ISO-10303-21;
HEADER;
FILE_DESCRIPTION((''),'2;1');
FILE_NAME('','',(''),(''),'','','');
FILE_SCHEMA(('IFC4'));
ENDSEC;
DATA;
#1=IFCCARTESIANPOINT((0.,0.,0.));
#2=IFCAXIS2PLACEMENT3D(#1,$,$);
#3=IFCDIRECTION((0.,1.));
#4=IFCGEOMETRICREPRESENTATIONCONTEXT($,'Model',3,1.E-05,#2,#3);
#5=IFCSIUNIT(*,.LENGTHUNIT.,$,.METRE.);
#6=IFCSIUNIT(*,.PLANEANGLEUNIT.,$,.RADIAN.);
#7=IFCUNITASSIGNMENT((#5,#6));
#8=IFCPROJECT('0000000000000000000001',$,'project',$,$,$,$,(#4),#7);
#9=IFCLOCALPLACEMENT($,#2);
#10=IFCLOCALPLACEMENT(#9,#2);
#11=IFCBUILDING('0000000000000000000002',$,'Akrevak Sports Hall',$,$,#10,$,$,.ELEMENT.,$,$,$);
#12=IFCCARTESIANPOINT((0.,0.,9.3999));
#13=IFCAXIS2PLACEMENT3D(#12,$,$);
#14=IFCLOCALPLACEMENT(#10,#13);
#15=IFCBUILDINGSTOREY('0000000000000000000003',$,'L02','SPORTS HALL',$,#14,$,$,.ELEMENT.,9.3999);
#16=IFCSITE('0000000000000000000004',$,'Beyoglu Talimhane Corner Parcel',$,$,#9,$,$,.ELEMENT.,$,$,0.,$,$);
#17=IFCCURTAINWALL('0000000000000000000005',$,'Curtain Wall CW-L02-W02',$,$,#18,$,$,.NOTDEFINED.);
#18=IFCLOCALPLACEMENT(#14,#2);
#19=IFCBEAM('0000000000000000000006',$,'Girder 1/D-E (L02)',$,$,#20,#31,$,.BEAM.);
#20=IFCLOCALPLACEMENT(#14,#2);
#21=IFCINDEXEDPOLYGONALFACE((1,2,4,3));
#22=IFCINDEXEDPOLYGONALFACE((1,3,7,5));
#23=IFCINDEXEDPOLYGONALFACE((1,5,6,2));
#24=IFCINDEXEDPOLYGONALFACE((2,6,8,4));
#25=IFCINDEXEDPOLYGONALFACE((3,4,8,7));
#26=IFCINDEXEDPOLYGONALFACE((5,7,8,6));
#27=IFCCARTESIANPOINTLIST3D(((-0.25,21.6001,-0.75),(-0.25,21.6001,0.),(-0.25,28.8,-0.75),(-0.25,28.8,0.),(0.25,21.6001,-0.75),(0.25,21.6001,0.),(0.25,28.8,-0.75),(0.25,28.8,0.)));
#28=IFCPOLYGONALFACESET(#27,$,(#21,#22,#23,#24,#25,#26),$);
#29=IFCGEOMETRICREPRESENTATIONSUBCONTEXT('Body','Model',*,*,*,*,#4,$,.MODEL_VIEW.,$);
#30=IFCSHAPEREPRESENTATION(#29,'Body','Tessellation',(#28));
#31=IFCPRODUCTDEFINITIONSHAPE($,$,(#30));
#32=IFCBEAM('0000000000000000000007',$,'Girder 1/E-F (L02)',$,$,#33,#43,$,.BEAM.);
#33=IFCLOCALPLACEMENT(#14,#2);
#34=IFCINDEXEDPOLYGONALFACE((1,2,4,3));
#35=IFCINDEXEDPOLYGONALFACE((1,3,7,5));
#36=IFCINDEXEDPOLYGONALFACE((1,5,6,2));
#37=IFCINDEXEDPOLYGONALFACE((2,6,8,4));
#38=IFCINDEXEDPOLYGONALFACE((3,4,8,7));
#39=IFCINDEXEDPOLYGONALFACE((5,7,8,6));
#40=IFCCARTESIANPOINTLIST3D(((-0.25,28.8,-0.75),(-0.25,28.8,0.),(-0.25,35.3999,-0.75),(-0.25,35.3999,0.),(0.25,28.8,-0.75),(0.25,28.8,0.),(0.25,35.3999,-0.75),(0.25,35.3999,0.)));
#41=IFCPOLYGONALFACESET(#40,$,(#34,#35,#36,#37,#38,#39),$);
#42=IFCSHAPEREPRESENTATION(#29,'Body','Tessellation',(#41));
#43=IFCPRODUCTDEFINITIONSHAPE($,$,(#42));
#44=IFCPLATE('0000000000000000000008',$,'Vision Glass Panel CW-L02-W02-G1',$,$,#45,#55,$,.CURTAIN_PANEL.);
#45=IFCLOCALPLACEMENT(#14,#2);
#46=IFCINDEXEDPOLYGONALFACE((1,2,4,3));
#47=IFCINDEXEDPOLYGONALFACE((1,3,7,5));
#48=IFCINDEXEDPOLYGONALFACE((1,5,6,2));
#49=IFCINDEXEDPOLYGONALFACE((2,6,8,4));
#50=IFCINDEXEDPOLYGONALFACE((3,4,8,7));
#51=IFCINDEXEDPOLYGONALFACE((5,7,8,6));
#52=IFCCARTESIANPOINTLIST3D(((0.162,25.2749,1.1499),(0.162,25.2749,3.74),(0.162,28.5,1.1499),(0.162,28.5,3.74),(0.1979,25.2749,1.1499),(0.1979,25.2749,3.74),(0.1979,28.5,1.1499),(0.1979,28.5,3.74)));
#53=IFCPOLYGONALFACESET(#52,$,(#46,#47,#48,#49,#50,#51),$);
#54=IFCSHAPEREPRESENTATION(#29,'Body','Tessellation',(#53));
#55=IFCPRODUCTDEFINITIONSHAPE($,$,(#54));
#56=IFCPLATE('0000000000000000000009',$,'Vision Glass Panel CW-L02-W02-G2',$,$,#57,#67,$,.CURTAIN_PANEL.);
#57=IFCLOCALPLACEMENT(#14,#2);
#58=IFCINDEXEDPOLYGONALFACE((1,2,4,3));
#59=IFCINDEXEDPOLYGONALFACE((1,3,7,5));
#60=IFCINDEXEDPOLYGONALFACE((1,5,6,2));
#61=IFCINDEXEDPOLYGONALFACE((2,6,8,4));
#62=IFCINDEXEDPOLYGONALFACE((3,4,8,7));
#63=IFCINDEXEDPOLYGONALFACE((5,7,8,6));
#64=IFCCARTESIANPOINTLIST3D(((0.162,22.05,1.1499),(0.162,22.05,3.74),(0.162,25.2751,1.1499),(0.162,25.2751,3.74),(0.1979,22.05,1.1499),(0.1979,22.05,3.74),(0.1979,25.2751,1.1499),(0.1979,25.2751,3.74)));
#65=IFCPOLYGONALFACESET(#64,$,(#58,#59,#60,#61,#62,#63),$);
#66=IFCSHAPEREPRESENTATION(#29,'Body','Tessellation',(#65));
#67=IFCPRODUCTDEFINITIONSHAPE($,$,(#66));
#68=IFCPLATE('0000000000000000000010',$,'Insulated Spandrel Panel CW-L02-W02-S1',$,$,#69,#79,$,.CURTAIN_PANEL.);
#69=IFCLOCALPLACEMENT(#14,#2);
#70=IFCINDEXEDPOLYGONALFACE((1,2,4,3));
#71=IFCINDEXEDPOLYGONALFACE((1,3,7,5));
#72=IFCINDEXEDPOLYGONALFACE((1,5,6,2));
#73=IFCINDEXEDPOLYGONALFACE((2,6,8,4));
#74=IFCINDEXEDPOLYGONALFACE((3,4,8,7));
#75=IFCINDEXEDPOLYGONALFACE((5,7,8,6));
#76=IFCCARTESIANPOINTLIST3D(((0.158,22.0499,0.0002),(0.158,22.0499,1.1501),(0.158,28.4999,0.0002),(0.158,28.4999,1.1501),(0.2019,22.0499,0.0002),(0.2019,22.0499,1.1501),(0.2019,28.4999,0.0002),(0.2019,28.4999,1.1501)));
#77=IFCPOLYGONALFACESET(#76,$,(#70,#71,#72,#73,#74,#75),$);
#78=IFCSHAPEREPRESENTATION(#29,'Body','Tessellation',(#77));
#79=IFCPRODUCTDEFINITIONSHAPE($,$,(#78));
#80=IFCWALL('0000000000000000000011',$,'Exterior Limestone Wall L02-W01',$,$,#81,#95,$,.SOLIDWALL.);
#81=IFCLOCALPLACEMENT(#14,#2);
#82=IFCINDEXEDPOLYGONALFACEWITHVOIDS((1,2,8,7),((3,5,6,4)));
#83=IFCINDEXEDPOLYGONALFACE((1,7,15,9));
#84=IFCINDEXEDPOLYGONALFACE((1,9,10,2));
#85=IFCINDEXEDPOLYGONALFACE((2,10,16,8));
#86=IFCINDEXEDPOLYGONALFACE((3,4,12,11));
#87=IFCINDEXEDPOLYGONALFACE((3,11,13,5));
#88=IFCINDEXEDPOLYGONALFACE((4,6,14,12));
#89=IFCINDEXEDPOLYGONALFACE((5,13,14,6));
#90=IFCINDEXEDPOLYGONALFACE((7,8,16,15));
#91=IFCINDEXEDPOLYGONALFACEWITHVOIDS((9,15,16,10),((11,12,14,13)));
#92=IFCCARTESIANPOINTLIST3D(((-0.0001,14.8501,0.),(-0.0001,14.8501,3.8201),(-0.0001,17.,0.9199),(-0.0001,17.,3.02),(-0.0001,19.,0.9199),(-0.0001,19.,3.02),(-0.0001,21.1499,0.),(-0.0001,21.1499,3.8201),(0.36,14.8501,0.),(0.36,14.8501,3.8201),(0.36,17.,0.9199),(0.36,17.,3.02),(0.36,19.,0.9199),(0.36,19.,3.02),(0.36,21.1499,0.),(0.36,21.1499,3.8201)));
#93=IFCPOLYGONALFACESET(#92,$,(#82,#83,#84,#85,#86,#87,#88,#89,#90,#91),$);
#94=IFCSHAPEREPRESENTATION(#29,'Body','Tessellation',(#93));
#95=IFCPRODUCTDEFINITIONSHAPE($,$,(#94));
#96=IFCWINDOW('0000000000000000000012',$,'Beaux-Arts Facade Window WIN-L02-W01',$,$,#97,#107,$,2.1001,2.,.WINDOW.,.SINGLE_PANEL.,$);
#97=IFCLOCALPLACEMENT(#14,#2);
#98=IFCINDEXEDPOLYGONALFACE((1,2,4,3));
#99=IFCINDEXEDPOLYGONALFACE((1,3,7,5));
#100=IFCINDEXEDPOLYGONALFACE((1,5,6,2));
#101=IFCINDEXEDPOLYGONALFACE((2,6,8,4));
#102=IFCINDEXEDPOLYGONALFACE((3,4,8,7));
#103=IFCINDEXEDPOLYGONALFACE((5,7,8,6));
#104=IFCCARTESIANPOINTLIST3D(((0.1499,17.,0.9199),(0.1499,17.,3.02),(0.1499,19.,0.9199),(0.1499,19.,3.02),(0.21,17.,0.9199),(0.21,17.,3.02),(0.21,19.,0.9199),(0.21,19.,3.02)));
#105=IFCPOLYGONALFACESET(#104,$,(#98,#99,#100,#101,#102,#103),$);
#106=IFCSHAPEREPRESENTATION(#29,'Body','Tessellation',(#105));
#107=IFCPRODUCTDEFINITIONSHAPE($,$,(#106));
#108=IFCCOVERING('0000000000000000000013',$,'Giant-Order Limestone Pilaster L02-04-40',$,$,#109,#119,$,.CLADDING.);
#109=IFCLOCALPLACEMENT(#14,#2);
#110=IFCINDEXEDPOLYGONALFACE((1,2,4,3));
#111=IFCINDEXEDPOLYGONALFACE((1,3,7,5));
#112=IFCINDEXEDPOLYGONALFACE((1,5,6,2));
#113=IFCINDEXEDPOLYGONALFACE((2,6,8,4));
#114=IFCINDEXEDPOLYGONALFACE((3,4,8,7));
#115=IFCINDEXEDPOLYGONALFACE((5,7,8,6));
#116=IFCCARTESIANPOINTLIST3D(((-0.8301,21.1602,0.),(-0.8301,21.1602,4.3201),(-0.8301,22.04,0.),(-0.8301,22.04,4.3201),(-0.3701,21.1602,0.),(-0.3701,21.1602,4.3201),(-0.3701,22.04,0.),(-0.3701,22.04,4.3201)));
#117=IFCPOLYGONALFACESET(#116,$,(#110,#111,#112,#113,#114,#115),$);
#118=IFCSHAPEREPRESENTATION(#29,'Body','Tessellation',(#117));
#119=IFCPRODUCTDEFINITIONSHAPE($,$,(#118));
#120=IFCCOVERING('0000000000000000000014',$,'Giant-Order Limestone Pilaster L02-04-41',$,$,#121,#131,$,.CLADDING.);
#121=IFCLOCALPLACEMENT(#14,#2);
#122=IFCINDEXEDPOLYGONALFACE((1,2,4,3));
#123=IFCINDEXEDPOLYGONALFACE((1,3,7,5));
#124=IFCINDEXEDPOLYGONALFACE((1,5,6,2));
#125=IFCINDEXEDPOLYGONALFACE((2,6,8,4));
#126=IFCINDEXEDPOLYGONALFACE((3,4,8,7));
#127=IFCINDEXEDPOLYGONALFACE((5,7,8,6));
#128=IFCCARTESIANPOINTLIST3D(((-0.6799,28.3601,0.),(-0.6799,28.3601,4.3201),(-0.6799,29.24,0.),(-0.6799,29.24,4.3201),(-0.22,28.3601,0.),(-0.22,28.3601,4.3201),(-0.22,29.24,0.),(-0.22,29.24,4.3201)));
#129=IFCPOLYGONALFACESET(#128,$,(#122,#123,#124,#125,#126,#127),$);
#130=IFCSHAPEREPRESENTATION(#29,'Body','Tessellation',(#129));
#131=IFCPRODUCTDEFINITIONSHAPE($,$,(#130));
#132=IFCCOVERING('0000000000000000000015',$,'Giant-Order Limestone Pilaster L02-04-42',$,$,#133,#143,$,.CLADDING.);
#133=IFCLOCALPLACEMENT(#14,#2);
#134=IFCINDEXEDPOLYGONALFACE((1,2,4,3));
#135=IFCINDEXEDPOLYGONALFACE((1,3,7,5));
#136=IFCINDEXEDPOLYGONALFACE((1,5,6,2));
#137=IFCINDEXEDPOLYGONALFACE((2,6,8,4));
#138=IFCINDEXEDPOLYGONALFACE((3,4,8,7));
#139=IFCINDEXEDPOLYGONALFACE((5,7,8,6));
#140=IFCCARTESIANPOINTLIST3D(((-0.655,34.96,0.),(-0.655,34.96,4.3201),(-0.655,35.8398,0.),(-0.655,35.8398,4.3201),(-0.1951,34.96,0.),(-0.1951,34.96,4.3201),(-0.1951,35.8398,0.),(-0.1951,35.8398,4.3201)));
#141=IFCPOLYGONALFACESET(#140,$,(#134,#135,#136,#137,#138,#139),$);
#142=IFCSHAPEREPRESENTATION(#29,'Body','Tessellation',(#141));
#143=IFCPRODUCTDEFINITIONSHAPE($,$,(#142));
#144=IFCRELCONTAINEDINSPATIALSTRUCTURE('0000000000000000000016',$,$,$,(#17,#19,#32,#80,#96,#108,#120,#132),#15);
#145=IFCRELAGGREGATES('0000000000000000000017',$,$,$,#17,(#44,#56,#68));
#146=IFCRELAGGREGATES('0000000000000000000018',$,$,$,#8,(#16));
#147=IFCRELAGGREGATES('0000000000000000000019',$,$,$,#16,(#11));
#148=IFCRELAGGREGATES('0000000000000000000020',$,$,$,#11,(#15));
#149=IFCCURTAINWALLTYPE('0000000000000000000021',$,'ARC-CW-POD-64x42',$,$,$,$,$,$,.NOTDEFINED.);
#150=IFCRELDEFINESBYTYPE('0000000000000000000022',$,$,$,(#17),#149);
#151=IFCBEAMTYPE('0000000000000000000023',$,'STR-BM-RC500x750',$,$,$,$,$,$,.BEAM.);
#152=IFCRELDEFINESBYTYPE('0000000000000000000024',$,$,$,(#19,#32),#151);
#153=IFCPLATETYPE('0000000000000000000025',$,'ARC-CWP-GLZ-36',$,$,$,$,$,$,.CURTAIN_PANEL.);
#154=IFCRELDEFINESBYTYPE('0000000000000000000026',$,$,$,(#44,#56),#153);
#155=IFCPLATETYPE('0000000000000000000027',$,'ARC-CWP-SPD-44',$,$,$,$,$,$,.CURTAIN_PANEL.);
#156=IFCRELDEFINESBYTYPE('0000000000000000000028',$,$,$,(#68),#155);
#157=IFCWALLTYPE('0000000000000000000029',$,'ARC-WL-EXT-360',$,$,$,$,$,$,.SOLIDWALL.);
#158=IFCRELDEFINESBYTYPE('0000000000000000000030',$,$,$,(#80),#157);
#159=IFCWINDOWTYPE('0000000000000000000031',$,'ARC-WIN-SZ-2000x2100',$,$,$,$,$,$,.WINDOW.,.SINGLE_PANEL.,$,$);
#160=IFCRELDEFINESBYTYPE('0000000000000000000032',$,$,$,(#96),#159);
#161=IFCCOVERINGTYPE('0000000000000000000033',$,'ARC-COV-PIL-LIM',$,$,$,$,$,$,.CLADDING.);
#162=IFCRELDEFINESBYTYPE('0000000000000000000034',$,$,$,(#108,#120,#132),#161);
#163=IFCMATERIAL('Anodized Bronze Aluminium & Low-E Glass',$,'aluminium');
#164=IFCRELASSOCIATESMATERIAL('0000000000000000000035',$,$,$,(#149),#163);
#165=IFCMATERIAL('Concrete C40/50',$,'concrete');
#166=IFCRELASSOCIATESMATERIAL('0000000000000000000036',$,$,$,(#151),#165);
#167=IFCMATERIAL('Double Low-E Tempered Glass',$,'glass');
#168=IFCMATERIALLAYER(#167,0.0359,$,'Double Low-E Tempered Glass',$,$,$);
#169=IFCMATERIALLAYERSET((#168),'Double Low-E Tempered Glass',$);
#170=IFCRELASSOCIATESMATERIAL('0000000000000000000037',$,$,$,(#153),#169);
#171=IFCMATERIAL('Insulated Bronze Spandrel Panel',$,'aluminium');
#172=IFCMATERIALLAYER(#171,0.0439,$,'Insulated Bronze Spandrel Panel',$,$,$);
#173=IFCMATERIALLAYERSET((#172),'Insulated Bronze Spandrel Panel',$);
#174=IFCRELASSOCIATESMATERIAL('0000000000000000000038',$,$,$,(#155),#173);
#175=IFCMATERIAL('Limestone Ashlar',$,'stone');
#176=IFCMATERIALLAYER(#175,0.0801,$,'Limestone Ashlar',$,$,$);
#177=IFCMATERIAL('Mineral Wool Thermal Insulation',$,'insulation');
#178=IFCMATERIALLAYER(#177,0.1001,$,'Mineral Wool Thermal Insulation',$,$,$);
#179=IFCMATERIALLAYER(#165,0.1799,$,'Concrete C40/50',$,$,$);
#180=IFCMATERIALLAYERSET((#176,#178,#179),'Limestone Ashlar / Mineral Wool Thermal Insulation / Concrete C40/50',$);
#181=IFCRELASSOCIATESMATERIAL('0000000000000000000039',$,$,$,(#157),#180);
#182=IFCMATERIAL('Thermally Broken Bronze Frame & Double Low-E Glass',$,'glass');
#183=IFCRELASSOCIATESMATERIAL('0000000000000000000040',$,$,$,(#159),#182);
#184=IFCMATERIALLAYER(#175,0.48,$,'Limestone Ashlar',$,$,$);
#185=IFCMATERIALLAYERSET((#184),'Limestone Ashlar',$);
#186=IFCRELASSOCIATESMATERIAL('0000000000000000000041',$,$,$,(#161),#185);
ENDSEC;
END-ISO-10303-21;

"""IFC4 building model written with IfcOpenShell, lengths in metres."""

from ifc_helpers import new_model, si_unit, direction, frame, frame_2d, origin, origin_2d, place, context, subcontext, project, spatial, rectangle, extrude, material, layer, layer_set, material_profile, profile_set, type_object, element, fill, aggregate, save


model = new_model("IFC4")

# Units and contexts
model_context = context("Model", 3, precision=1e-05, world=origin(), true_north=direction((0.0, 1.0)))
body_context = subcontext(model_context, "Body", "Model", "MODEL_VIEW")
ifc_project = project(units=[si_unit("LENGTHUNIT", "METRE"), si_unit("PLANEANGLEUNIT", "RADIAN")], contexts=[model_context])

# Site, building, storey
site_placement = place(None, origin())
site = spatial("IfcSite", under=ifc_project, at=site_placement, Name="Beyoglu Talimhane Corner Parcel", CompositionType="ELEMENT", RefElevation=0.0)
building_placement = place(site_placement, origin())
building = spatial("IfcBuilding", under=site, at=building_placement, Name="Akrevak Sports Hall", CompositionType="ELEMENT")
storey_placement = place(building_placement, frame((0.0, 0.0, 9.3999)))
storey = spatial("IfcBuildingStorey", under=building, at=storey_placement, Name="L02", Description="SPORTS HALL", CompositionType="ELEMENT", Elevation=9.3999)

# Shared definitions
ifc_material_1 = material(Name="Concrete C40/50", Category="concrete")

# Curtain wall
ifc_material_2 = material(Name="Anodized Bronze Aluminium & Low-E Glass", Category="aluminium")
curtain_wall_type = type_object("IfcCurtainWallType", Name="ARC-CW-POD-64x42", PredefinedType="NOTDEFINED", material=ifc_material_2)
curtain_wall_placement = place(storey_placement, origin())
curtain_wall = element("IfcCurtainWall", 1, at=curtain_wall_placement, inside=storey, type_object=curtain_wall_type, Name="Curtain Wall CW-L02-W02", PredefinedType="NOTDEFINED")

# Beams
ifc_material_profile_1 = material_profile(ifc_material_1, rectangle(XDim=0.5, YDim=0.75, at=origin_2d()), Name="BM 500x750", Category="concrete")
ifc_profile_set_1 = profile_set([ifc_material_profile_1], Name="Concrete C40/50")
beam_type_1 = type_object("IfcBeamType", Name="STR-BM-RC500x750", PredefinedType="BEAM", material=ifc_profile_set_1)
beam_1_placement = place(storey_placement, frame((0.0, 21.6001, -0.375), z_axis=(0.0, 1.0, 0.0), x_axis=(-1.0, 0.0, 0.0)))
element("IfcBeam", 2, at=beam_1_placement, inside=storey, type_object=beam_type_1, Name="Girder 1/D-E (L02)", PredefinedType="BEAM", context=body_context, shape_type="SweptSolid", body=[
    extrude(rectangle(XDim=0.5, YDim=0.75, at=origin_2d()), origin(), (0.0, 0.0, 1.0), 7.2),
])
beam_2_placement = place(storey_placement, frame((0.0, 28.8, -0.375), z_axis=(0.0, 1.0, 0.0), x_axis=(-1.0, 0.0, 0.0)))
element("IfcBeam", 3, at=beam_2_placement, inside=storey, type_object=beam_type_1, Name="Girder 1/E-F (L02)", PredefinedType="BEAM", context=body_context, shape_type="SweptSolid", body=[
    extrude(rectangle(XDim=0.5, YDim=0.75, at=origin_2d()), origin(), (0.0, 0.0, 1.0), 6.5999),
])

# Plates
ifc_material_3 = material(Name="Double Low-E Tempered Glass", Category="glass")
ifc_layer_1 = layer(ifc_material_3, 0.0359, Name="Double Low-E Tempered Glass")
ifc_layer_set_1 = layer_set([ifc_layer_1], Name="Double Low-E Tempered Glass")
plate_type_1 = type_object("IfcPlateType", Name="ARC-CWP-GLZ-36", PredefinedType="CURTAIN_PANEL", material=ifc_layer_set_1)
plate_1_placement = place(storey_placement, frame((0.1799, 26.8875, 1.1499), z_axis=(0.0, 0.0, 1.0), x_axis=(0.0, -1.0, 0.0)))
plate_1 = element("IfcPlate", 4, at=plate_1_placement, type_object=plate_type_1, Name="Vision Glass Panel CW-L02-W02-G1", PredefinedType="CURTAIN_PANEL", context=body_context, shape_type="SweptSolid", body=[
    extrude(rectangle(XDim=3.2251, YDim=0.0359, at=origin_2d()), origin(), (0.0, 0.0, 1.0), 2.5901),
])
plate_2_placement = place(storey_placement, frame((0.1799, 23.6626, 1.1499), z_axis=(0.0, 0.0, 1.0), x_axis=(0.0, -1.0, 0.0)))
plate_2 = element("IfcPlate", 5, at=plate_2_placement, type_object=plate_type_1, Name="Vision Glass Panel CW-L02-W02-G2", PredefinedType="CURTAIN_PANEL", context=body_context, shape_type="SweptSolid", body=[
    extrude(rectangle(XDim=3.2251, YDim=0.0359, at=origin_2d()), origin(), (0.0, 0.0, 1.0), 2.5901),
])
ifc_material_4 = material(Name="Insulated Bronze Spandrel Panel", Category="aluminium")
ifc_layer_2 = layer(ifc_material_4, 0.0439, Name="Insulated Bronze Spandrel Panel")
ifc_layer_set_2 = layer_set([ifc_layer_2], Name="Insulated Bronze Spandrel Panel")
plate_type_2 = type_object("IfcPlateType", Name="ARC-CWP-SPD-44", PredefinedType="CURTAIN_PANEL", material=ifc_layer_set_2)
plate_3_placement = place(storey_placement, frame((0.1799, 25.2749, 0.0002), z_axis=(0.0, 0.0, 1.0), x_axis=(0.0, -1.0, 0.0)))
plate_3 = element("IfcPlate", 6, at=plate_3_placement, type_object=plate_type_2, Name="Insulated Spandrel Panel CW-L02-W02-S1", PredefinedType="CURTAIN_PANEL", context=body_context, shape_type="SweptSolid", body=[
    extrude(rectangle(XDim=6.45, YDim=0.0439, at=origin_2d()), origin(), (0.0, 0.0, 1.0), 1.1499),
])
aggregate(curtain_wall, [plate_1, plate_2, plate_3])

# Wall, opening, window
ifc_material_5 = material(Name="Limestone Ashlar", Category="stone")
ifc_layer_3 = layer(ifc_material_5, 0.0801, Name="Limestone Ashlar")
ifc_material_6 = material(Name="Mineral Wool Thermal Insulation", Category="insulation")
ifc_layer_4 = layer(ifc_material_6, 0.1001, Name="Mineral Wool Thermal Insulation")
ifc_layer_5 = layer(ifc_material_1, 0.1799, Name="Concrete C40/50")
ifc_layer_set_3 = layer_set([ifc_layer_3, ifc_layer_4, ifc_layer_5], Name="Limestone Ashlar / Mineral Wool Thermal Insulation / Concrete C40/50")
wall_type = type_object("IfcWallType", Name="ARC-WL-EXT-360", PredefinedType="SOLIDWALL", material=ifc_layer_set_3)
wall_placement = place(storey_placement, frame((0.1799, 21.1499, 0.0), z_axis=(0.0, 0.0, 1.0), x_axis=(0.0, -1.0, 0.0)))
wall = element("IfcWall", 7, at=wall_placement, inside=storey, type_object=wall_type, Name="Exterior Limestone Wall L02-W01", PredefinedType="SOLIDWALL", context=body_context, shape_type="SweptSolid", body=[
    extrude(rectangle(XDim=6.2998, YDim=0.3601, at=frame_2d((3.1499, 0.0))), origin(), (0.0, 0.0, 1.0), 3.8201),
])
opening_placement = place(wall_placement, frame((2.1499, 0.0, 0.9199)))
opening = element("IfcOpeningElement", 8, at=opening_placement, cuts=wall, PredefinedType="OPENING", context=body_context, shape_type="SweptSolid", body=[
    extrude(rectangle(XDim=2.0, YDim=2.1001, at=frame_2d((1.0, 1.05))), frame((0.0, 0.1919, 0.0), z_axis=(0.0, -1.0, 0.0), x_axis=(1.0, 0.0, 0.0)), (0.0, 0.0, 1.0), 0.384),
])
ifc_material_7 = material(Name="Thermally Broken Bronze Frame & Double Low-E Glass", Category="glass")
window_type = type_object("IfcWindowType", Name="ARC-WIN-SZ-2000x2100", PartitioningType="SINGLE_PANEL", PredefinedType="WINDOW", material=ifc_material_7)
window_placement = place(opening_placement, origin())
window = element("IfcWindow", 9, at=window_placement, inside=storey, type_object=window_type, Name="Beaux-Arts Facade Window WIN-L02-W01", OverallHeight=2.1001, OverallWidth=2.0, PartitioningType="SINGLE_PANEL", PredefinedType="WINDOW", context=body_context, shape_type="SweptSolid", body=[
    extrude(rectangle(XDim=2.0, YDim=2.1001, at=frame_2d((1.0, 1.05))), frame((0.0, 0.03, 0.0), z_axis=(0.0, -1.0, 0.0), x_axis=(1.0, 0.0, 0.0)), (0.0, 0.0, 1.0), 0.0601),
])
fill(opening, window)

# Coverings
ifc_layer_6 = layer(ifc_material_5, 0.48, Name="Limestone Ashlar")
ifc_layer_set_4 = layer_set([ifc_layer_6], Name="Limestone Ashlar")
covering_type = type_object("IfcCoveringType", Name="ARC-COV-PIL-LIM", PredefinedType="CLADDING", material=ifc_layer_set_4)
for number, where, z_axis, x_axis, name in (
    (10, (-0.6001, 21.6001, 0.0), (0.0, 0.0, 1.0), (0.0, -1.0, 0.0), "Giant-Order Limestone Pilaster L02-04-40"),
    (11, (-0.45, 28.8, 0.0), (0.0, 0.0, 1.0), (0.0, -1.0, 0.0), "Giant-Order Limestone Pilaster L02-04-41"),
    (12, (-0.425, 35.3999, 0.0), (0.0, 0.0, 1.0), (0.0, -1.0, 0.0), "Giant-Order Limestone Pilaster L02-04-42"),
):
    element("IfcCovering", number, at=place(storey_placement, frame(where, z_axis=z_axis, x_axis=x_axis)), inside=storey, type_object=covering_type, Name=name, PredefinedType="CLADDING", context=body_context, shape_type="SweptSolid", body=[
        extrude(rectangle(XDim=0.8799, YDim=0.46, at=origin_2d()), origin(), (0.0, 0.0, 1.0), 4.3201),
    ])

save(model, "model.ifc")
